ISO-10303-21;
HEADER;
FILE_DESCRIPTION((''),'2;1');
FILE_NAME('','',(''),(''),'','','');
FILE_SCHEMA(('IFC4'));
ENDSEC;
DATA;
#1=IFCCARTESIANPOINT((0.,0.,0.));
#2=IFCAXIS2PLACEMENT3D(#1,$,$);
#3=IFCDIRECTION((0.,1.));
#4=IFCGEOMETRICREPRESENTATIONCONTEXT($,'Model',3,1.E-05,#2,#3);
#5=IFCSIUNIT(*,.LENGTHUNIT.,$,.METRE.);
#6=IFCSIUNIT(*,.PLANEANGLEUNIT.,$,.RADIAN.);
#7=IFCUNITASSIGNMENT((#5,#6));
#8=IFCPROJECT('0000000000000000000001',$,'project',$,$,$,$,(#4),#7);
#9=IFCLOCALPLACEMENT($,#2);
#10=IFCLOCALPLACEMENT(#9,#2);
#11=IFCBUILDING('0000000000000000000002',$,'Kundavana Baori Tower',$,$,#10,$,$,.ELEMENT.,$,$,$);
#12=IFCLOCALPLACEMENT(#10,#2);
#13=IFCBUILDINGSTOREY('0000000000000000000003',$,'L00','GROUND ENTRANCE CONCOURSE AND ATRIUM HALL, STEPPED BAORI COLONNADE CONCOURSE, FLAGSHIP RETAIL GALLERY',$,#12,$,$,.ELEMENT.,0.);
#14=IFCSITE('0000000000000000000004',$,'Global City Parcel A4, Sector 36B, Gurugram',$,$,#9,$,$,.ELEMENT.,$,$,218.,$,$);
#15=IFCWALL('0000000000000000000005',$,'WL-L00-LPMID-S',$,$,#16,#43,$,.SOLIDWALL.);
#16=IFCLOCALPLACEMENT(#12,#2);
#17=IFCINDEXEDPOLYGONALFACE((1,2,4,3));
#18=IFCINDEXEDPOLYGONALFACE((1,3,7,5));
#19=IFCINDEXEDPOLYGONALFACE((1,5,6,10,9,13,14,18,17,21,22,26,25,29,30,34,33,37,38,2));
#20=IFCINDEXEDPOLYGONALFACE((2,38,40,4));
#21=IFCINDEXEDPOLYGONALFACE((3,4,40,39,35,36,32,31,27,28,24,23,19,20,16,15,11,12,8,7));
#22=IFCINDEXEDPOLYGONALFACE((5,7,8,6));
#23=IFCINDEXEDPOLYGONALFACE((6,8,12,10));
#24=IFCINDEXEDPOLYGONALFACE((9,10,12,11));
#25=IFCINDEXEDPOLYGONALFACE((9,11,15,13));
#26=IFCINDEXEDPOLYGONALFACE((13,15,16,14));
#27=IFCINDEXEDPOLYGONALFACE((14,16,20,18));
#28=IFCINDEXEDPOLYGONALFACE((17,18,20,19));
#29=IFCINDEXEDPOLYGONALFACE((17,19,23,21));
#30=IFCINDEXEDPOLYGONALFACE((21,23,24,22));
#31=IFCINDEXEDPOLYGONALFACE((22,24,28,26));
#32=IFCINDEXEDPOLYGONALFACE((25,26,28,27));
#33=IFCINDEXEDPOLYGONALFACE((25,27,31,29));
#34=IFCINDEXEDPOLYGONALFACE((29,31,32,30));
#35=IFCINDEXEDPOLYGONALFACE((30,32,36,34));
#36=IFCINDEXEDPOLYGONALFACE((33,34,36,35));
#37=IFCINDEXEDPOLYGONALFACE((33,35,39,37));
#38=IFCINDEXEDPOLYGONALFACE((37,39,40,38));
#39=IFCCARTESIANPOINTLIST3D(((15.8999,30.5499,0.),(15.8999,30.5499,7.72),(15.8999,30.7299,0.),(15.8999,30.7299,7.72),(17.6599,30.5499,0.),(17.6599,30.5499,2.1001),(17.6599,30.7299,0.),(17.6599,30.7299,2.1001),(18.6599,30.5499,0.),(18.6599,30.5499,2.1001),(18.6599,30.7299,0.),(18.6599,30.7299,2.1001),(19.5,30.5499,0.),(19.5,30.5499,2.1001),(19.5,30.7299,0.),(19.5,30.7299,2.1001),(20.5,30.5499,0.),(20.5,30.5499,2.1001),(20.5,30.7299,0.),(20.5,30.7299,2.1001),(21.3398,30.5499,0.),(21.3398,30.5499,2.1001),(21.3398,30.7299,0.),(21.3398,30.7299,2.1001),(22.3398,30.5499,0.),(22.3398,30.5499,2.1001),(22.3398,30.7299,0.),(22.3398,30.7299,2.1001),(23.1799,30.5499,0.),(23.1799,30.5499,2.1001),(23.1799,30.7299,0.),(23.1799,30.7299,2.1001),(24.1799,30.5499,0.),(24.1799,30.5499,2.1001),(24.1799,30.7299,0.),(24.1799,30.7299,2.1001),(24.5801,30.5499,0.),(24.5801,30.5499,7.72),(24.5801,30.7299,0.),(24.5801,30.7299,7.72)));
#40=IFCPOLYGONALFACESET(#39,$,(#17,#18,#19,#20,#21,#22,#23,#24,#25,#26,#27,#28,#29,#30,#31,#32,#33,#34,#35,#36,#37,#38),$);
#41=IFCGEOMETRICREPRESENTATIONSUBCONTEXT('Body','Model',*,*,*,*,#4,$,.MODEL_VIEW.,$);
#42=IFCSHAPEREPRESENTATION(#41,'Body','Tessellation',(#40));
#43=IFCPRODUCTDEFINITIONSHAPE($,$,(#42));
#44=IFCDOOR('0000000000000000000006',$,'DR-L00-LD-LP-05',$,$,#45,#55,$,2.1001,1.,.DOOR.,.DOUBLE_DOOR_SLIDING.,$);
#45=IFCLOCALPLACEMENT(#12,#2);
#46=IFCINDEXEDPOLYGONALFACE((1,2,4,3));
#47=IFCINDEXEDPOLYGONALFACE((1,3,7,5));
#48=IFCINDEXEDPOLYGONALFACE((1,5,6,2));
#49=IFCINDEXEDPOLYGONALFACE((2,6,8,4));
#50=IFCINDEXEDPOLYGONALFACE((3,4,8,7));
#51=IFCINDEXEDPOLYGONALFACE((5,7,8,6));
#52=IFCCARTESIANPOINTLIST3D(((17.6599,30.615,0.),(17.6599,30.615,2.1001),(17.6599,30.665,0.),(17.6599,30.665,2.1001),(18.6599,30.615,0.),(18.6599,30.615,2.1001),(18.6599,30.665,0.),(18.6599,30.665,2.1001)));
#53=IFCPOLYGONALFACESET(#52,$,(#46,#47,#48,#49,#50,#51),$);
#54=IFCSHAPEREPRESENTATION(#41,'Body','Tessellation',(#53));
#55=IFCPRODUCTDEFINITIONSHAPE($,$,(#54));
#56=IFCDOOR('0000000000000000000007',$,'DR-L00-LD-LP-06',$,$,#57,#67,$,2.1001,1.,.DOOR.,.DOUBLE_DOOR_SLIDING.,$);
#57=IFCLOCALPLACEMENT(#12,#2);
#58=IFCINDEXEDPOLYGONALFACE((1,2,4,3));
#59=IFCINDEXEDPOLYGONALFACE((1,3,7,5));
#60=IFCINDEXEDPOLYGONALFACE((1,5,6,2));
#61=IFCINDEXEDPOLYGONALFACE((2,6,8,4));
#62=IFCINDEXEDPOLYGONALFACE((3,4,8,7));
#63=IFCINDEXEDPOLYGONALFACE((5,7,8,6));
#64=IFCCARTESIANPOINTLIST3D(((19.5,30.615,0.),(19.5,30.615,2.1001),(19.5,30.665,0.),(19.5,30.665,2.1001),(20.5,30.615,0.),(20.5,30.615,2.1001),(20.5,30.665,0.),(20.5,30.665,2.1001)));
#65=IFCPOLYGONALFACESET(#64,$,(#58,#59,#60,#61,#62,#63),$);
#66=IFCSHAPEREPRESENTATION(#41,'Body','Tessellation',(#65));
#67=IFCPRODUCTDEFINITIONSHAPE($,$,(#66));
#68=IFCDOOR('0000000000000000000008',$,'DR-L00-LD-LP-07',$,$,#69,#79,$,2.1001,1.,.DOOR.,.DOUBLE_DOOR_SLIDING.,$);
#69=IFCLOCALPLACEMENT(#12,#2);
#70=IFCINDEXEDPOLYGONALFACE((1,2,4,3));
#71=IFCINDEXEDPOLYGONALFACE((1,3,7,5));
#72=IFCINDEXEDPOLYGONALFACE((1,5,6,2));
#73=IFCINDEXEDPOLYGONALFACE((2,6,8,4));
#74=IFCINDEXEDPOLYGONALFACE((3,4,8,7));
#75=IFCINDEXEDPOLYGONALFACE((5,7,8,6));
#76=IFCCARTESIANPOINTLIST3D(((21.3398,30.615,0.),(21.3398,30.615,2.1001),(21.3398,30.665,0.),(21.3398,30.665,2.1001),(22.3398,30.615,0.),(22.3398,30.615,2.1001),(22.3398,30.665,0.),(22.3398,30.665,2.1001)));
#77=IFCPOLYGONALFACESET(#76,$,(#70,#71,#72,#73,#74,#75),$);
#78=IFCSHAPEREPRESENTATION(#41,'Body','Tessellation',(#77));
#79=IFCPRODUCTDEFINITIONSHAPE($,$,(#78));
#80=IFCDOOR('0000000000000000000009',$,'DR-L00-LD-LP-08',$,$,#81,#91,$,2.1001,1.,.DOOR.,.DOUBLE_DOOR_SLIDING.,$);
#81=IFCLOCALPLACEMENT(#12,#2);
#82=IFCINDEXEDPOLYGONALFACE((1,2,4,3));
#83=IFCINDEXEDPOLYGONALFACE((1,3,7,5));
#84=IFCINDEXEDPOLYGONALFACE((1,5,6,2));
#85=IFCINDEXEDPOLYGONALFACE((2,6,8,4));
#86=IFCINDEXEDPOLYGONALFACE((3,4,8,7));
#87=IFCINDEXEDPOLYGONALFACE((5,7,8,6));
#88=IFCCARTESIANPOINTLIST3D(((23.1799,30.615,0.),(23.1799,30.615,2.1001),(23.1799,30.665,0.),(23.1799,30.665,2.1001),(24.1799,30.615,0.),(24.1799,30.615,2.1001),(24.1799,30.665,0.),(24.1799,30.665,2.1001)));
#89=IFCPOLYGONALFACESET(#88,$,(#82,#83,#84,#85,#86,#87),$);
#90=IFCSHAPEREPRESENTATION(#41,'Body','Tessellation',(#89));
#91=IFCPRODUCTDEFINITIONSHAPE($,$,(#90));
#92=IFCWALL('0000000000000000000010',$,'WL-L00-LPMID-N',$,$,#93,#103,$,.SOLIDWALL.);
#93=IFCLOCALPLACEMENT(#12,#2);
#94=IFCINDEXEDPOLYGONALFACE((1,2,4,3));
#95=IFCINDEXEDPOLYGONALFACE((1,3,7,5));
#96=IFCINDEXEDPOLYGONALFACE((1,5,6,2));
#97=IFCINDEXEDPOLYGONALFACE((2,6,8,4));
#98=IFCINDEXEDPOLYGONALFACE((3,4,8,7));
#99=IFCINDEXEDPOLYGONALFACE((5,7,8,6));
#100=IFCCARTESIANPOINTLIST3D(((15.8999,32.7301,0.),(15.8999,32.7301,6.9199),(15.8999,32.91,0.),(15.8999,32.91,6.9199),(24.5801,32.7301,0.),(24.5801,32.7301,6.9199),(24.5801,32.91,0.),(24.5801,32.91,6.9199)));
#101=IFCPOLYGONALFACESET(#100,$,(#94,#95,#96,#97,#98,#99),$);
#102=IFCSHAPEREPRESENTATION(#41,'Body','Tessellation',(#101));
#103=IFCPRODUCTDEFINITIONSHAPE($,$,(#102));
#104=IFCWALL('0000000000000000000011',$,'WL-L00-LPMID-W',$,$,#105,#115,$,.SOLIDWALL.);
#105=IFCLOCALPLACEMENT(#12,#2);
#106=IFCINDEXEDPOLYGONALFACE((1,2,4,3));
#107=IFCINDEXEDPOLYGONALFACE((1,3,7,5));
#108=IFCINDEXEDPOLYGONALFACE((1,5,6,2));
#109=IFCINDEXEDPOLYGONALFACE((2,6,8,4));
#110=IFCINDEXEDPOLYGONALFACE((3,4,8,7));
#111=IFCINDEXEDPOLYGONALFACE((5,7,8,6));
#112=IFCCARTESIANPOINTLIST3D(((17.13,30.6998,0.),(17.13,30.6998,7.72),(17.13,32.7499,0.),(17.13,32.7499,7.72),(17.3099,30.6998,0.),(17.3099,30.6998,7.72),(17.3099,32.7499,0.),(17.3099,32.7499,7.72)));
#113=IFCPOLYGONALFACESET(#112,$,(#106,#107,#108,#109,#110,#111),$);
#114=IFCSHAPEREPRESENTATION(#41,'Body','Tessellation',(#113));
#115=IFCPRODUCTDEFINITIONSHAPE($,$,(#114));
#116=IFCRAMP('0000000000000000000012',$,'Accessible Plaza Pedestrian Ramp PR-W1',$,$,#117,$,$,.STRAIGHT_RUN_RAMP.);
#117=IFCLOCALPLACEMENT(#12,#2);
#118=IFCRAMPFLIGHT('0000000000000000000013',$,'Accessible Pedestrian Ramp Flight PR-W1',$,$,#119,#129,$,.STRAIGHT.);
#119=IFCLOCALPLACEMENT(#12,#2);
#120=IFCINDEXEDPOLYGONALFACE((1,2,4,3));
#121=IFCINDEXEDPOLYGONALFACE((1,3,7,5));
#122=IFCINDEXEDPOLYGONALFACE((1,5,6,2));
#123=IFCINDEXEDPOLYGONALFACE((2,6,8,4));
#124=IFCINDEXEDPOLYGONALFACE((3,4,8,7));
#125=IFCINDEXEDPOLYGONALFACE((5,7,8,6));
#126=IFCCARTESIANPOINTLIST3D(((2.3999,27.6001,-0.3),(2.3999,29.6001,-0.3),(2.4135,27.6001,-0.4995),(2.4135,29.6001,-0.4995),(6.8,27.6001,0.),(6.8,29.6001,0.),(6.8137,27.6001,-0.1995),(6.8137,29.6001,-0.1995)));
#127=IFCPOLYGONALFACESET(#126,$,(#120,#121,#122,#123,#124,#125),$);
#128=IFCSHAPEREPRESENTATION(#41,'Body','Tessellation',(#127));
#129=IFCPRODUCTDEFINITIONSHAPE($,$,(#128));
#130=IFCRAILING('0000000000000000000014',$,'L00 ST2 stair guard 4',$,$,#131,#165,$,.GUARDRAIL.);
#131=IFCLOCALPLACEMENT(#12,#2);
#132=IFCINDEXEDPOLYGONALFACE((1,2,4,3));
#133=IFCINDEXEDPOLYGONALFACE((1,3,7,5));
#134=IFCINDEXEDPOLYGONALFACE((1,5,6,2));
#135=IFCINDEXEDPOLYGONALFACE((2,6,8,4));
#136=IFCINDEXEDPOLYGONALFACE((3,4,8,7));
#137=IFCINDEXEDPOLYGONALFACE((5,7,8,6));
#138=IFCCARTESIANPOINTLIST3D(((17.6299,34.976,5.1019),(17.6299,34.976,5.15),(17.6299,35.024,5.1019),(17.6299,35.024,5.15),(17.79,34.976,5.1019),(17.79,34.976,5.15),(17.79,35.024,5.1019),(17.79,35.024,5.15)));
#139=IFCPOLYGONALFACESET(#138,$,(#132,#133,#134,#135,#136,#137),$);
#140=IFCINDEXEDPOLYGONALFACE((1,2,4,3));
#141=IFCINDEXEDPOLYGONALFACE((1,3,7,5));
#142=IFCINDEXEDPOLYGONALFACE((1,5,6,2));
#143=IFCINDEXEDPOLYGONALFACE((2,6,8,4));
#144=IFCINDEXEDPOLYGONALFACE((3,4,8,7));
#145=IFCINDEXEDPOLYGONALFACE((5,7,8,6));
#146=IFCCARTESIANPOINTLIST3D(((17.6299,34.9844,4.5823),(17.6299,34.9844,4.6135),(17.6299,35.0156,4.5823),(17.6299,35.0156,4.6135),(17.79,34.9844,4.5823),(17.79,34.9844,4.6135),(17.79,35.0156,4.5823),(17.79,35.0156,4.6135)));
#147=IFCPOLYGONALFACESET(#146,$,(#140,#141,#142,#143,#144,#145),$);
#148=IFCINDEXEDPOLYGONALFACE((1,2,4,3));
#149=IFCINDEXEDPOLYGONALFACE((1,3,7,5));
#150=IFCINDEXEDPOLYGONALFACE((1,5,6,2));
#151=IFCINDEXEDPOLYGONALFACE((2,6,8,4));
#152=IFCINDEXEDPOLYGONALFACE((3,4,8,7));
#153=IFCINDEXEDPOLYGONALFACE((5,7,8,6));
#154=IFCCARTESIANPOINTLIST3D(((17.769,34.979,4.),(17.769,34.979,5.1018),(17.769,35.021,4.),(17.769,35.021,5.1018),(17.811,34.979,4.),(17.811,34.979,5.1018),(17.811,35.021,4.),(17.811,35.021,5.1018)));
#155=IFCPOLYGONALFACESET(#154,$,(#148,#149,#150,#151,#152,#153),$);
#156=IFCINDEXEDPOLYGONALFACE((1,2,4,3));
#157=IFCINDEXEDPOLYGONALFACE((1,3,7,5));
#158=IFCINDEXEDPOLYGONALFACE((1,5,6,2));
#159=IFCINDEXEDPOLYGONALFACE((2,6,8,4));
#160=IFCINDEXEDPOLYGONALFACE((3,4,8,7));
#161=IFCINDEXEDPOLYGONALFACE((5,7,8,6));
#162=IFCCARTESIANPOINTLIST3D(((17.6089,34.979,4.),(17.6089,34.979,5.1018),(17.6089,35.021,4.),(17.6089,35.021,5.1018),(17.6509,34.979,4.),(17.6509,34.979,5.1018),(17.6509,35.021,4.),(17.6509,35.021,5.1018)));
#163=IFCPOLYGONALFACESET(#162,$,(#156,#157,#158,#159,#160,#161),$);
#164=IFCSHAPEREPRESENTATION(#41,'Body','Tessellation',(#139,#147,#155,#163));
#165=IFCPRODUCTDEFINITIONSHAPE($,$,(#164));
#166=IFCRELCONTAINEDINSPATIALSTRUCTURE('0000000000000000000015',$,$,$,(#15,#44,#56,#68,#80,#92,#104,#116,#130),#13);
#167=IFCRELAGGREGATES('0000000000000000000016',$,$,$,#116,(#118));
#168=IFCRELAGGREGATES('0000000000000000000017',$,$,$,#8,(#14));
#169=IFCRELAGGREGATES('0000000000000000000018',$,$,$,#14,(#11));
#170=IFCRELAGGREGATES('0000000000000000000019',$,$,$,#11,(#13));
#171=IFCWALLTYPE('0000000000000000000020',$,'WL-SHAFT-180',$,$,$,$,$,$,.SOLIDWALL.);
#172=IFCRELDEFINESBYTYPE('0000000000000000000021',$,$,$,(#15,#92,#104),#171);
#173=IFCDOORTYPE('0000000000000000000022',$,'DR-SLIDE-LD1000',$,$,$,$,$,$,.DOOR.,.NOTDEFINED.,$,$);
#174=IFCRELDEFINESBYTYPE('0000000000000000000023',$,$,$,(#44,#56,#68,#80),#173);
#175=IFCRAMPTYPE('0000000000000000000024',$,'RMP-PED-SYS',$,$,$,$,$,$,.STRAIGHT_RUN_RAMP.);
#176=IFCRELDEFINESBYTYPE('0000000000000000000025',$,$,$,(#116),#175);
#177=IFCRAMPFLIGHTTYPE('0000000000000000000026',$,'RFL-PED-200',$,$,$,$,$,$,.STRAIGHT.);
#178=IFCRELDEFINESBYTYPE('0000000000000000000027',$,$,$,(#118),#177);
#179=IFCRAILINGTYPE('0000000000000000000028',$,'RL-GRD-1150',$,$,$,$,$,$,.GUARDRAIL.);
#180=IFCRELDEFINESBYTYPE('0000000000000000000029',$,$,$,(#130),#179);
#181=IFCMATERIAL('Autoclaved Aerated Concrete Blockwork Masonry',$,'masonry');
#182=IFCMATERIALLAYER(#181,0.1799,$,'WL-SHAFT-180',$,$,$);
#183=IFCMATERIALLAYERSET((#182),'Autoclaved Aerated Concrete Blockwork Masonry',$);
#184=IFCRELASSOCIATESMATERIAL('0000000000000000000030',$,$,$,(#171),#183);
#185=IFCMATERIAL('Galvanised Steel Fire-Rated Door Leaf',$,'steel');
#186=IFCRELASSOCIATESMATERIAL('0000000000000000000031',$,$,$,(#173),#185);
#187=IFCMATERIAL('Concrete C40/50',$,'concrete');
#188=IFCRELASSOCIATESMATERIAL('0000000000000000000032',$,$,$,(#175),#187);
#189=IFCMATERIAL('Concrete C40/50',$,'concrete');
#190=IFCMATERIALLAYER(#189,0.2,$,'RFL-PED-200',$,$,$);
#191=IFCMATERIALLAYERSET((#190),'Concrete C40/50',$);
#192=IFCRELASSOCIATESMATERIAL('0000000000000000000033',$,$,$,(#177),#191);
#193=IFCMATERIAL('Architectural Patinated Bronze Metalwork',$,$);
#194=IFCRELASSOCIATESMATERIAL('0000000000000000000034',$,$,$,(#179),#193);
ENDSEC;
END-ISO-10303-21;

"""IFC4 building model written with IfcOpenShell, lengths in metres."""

from ifc_helpers import new_model, si_unit, direction, frame, frame_2d, origin, origin_2d, place, context, subcontext, project, spatial, polyline, rectangle, outline, extrude, material, layer, layer_set, type_object, element, fill, aggregate, save


model = new_model("IFC4")

# Units and contexts
model_context = context("Model", 3, precision=1e-05, world=origin(), true_north=direction((0.0, 1.0)))
body_context = subcontext(model_context, "Body", "Model", "MODEL_VIEW")
ifc_project = project(units=[si_unit("LENGTHUNIT", "METRE"), si_unit("PLANEANGLEUNIT", "RADIAN")], contexts=[model_context])

# Site, building, storey
site_placement = place(None, origin())
site = spatial("IfcSite", under=ifc_project, at=site_placement, Name="Global City Parcel A4, Sector 36B, Gurugram", CompositionType="ELEMENT", RefElevation=218.0)
building_placement = place(site_placement, origin())
building = spatial("IfcBuilding", under=site, at=building_placement, Name="Kundavana Baori Tower", CompositionType="ELEMENT")
storey_placement = place(building_placement, origin())
storey = spatial("IfcBuildingStorey", under=building, at=storey_placement, Name="L00", Description="GROUND ENTRANCE CONCOURSE AND ATRIUM HALL, STEPPED BAORI COLONNADE CONCOURSE, FLAGSHIP RETAIL GALLERY", CompositionType="ELEMENT", Elevation=0.0)

# Shared definitions
ifc_material_1 = material(Name="Autoclaved Aerated Concrete Blockwork Masonry", Category="masonry")
ifc_layer_1 = layer(ifc_material_1, 0.1799, Name="WL-SHAFT-180")
ifc_layer_set_1 = layer_set([ifc_layer_1], Name="Autoclaved Aerated Concrete Blockwork Masonry")
wall_type_1 = type_object("IfcWallType", Name="WL-SHAFT-180", PredefinedType="SOLIDWALL", material=ifc_layer_set_1)
ifc_material_2 = material(Name="Galvanised Steel Fire-Rated Door Leaf", Category="steel")
door_type_1 = type_object("IfcDoorType", Name="DR-SLIDE-LD1000", OperationType="NOTDEFINED", PredefinedType="DOOR", material=ifc_material_2)

# Wall, openings, doors
wall_1_placement = place(storey_placement, frame((15.8999, 30.6399, 0.0), z_axis=(0.0, 0.0, 1.0), x_axis=(1.0, 0.0, 0.0)))
wall_1 = element("IfcWall", 1, at=wall_1_placement, inside=storey, type_object=wall_type_1, Name="WL-L00-LPMID-S", PredefinedType="SOLIDWALL", context=body_context, shape_type="SweptSolid", body=[
    extrude(rectangle(XDim=8.6802, YDim=0.1799, at=frame_2d((4.3401, 0.0))), origin(), (0.0, 0.0, 1.0), 7.72),
])
opening_1_placement = place(wall_1_placement, frame((1.76, 0.0, 0.0)))
opening_1 = element("IfcOpeningElement", 2, at=opening_1_placement, cuts=wall_1, PredefinedType="OPENING", context=body_context, shape_type="SweptSolid", body=[
    extrude(rectangle(XDim=1.0, YDim=2.1001, at=frame_2d((0.5, 1.05))), frame((0.0, 0.1001, 0.0), z_axis=(0.0, -1.0, 0.0), x_axis=(1.0, 0.0, 0.0)), (0.0, 0.0, 1.0), 0.2),
])
opening_2_placement = place(wall_1_placement, frame((3.6001, 0.0, 0.0)))
opening_2 = element("IfcOpeningElement", 3, at=opening_2_placement, cuts=wall_1, PredefinedType="OPENING", context=body_context, shape_type="SweptSolid", body=[
    extrude(rectangle(XDim=1.0, YDim=2.1001, at=frame_2d((0.5, 1.05))), frame((0.0, 0.1001, 0.0), z_axis=(0.0, -1.0, 0.0), x_axis=(1.0, 0.0, 0.0)), (0.0, 0.0, 1.0), 0.2),
])
opening_3_placement = place(wall_1_placement, frame((5.4399, 0.0, 0.0)))
opening_3 = element("IfcOpeningElement", 4, at=opening_3_placement, cuts=wall_1, PredefinedType="OPENING", context=body_context, shape_type="SweptSolid", body=[
    extrude(rectangle(XDim=1.0, YDim=2.1001, at=frame_2d((0.5, 1.05))), frame((0.0, 0.1001, 0.0), z_axis=(0.0, -1.0, 0.0), x_axis=(1.0, 0.0, 0.0)), (0.0, 0.0, 1.0), 0.2),
])
opening_4_placement = place(wall_1_placement, frame((7.28, 0.0, 0.0)))
opening_4 = element("IfcOpeningElement", 5, at=opening_4_placement, cuts=wall_1, PredefinedType="OPENING", context=body_context, shape_type="SweptSolid", body=[
    extrude(rectangle(XDim=1.0, YDim=2.1001, at=frame_2d((0.5, 1.05))), frame((0.0, 0.1001, 0.0), z_axis=(0.0, -1.0, 0.0), x_axis=(1.0, 0.0, 0.0)), (0.0, 0.0, 1.0), 0.2),
])
door_1_placement = place(opening_1_placement, frame((1.0, 0.0, 0.0), z_axis=(0.0, 0.0, 1.0), x_axis=(-1.0, 0.0, 0.0)))
door_1 = element("IfcDoor", 6, at=door_1_placement, inside=storey, type_object=door_type_1, Name="DR-L00-LD-LP-05", OperationType="DOUBLE_DOOR_SLIDING", OverallHeight=2.1001, OverallWidth=1.0, PredefinedType="DOOR", context=body_context, shape_type="SweptSolid", body=[
    extrude(rectangle(XDim=1.0, YDim=2.1001, at=frame_2d((0.5, 1.05))), frame((0.0, 0.0249, 0.0), z_axis=(0.0, -1.0, 0.0), x_axis=(1.0, 0.0, 0.0)), (0.0, 0.0, 1.0), 0.05),
])
fill(opening_1, door_1)
door_2_placement = place(opening_2_placement, frame((1.0, 0.0, 0.0), z_axis=(0.0, 0.0, 1.0), x_axis=(-1.0, 0.0, 0.0)))
door_2 = element("IfcDoor", 7, at=door_2_placement, inside=storey, type_object=door_type_1, Name="DR-L00-LD-LP-06", OperationType="DOUBLE_DOOR_SLIDING", OverallHeight=2.1001, OverallWidth=1.0, PredefinedType="DOOR", context=body_context, shape_type="SweptSolid", body=[
    extrude(rectangle(XDim=1.0, YDim=2.1001, at=frame_2d((0.5, 1.05))), frame((0.0, 0.0249, 0.0), z_axis=(0.0, -1.0, 0.0), x_axis=(1.0, 0.0, 0.0)), (0.0, 0.0, 1.0), 0.05),
])
fill(opening_2, door_2)
door_3_placement = place(opening_3_placement, frame((1.0, 0.0, 0.0), z_axis=(0.0, 0.0, 1.0), x_axis=(-1.0, 0.0, 0.0)))
door_3 = element("IfcDoor", 8, at=door_3_placement, inside=storey, type_object=door_type_1, Name="DR-L00-LD-LP-07", OperationType="DOUBLE_DOOR_SLIDING", OverallHeight=2.1001, OverallWidth=1.0, PredefinedType="DOOR", context=body_context, shape_type="SweptSolid", body=[
    extrude(rectangle(XDim=1.0, YDim=2.1001, at=frame_2d((0.5, 1.05))), frame((0.0, 0.0249, 0.0), z_axis=(0.0, -1.0, 0.0), x_axis=(1.0, 0.0, 0.0)), (0.0, 0.0, 1.0), 0.05),
])
fill(opening_3, door_3)
door_4_placement = place(opening_4_placement, frame((1.0, 0.0, 0.0), z_axis=(0.0, 0.0, 1.0), x_axis=(-1.0, 0.0, 0.0)))
door_4 = element("IfcDoor", 9, at=door_4_placement, inside=storey, type_object=door_type_1, Name="DR-L00-LD-LP-08", OperationType="DOUBLE_DOOR_SLIDING", OverallHeight=2.1001, OverallWidth=1.0, PredefinedType="DOOR", context=body_context, shape_type="SweptSolid", body=[
    extrude(rectangle(XDim=1.0, YDim=2.1001, at=frame_2d((0.5, 1.05))), frame((0.0, 0.0249, 0.0), z_axis=(0.0, -1.0, 0.0), x_axis=(1.0, 0.0, 0.0)), (0.0, 0.0, 1.0), 0.05),
])
fill(opening_4, door_4)

# Walls
wall_2_placement = place(storey_placement, frame((15.8999, 32.8201, 0.0), z_axis=(0.0, 0.0, 1.0), x_axis=(1.0, 0.0, 0.0)))
element("IfcWall", 10, at=wall_2_placement, inside=storey, type_object=wall_type_1, Name="WL-L00-LPMID-N", PredefinedType="SOLIDWALL", context=body_context, shape_type="SweptSolid", body=[
    extrude(rectangle(XDim=8.6802, YDim=0.1799, at=frame_2d((4.3401, 0.0))), origin(), (0.0, 0.0, 1.0), 6.9199),
])
wall_3_placement = place(storey_placement, frame((17.22, 30.7, 0.0), z_axis=(0.0, 0.0, 1.0), x_axis=(0.0, 1.0, 0.0)))
element("IfcWall", 11, at=wall_3_placement, inside=storey, type_object=wall_type_1, Name="WL-L00-LPMID-W", PredefinedType="SOLIDWALL", context=body_context, shape_type="SweptSolid", body=[
    extrude(rectangle(XDim=2.05, YDim=0.1799, at=frame_2d((1.0249, 0.0))), origin(), (0.0, 0.0, 1.0), 7.72),
])

# Ramp, ramp flight
ifc_material_3 = material(Name="Concrete C40/50", Category="concrete")
ramp_type = type_object("IfcRampType", Name="RMP-PED-SYS", PredefinedType="STRAIGHT_RUN_RAMP", material=ifc_material_3)
ramp_placement = place(storey_placement, origin())
ramp = element("IfcRamp", 12, at=ramp_placement, inside=storey, type_object=ramp_type, Name="Accessible Plaza Pedestrian Ramp PR-W1", PredefinedType="STRAIGHT_RUN_RAMP")
ifc_material_4 = material(Name="Concrete C40/50", Category="concrete")
ifc_layer_2 = layer(ifc_material_4, 0.2, Name="RFL-PED-200")
ifc_layer_set_2 = layer_set([ifc_layer_2], Name="Concrete C40/50")
ramp_flight_type = type_object("IfcRampFlightType", Name="RFL-PED-200", PredefinedType="STRAIGHT", material=ifc_layer_set_2)
ramp_flight_placement = place(storey_placement, frame((2.3999, 27.6001, -0.3), z_axis=(-0.068033, 0.0, 0.997683), x_axis=(0.0, 1.0, 0.0)))
ramp_flight = element("IfcRampFlight", 13, at=ramp_flight_placement, type_object=ramp_flight_type, Name="Accessible Pedestrian Ramp Flight PR-W1", PredefinedType="STRAIGHT", context=body_context, shape_type="SweptSolid", body=[
    extrude(outline(polyline([(0.0, 0.0), (2.0, 0.0), (2.0, -4.4104), (0.0, -4.4104), (0.0, 0.0)])), origin(), (0.0, 0.0, -1.0), 0.2),
])
aggregate(ramp, [ramp_flight])

# Railing
ifc_material_5 = material(Name="Architectural Patinated Bronze Metalwork")
railing_type = type_object("IfcRailingType", Name="RL-GRD-1150", PredefinedType="GUARDRAIL", material=ifc_material_5)
for number, where, name in (
    (14, (17.79, 35.0, 4.0), "L00 ST2 stair guard 4"),
):
    element("IfcRailing", number, at=place(storey_placement, frame(where)), inside=storey, type_object=railing_type, Name=name, PredefinedType="GUARDRAIL", context=body_context, shape_type="SweptSolid", body=[
        extrude(rectangle(XDim=0.0481, YDim=0.0481, at=origin_2d()), frame((0.0, 0.0, 1.126), z_axis=(-1.0, 0.0, 0.0), x_axis=(0.0, -1.0, 0.0)), (0.0, 0.0, 1.0), 0.1602),
        extrude(rectangle(XDim=0.0312, YDim=0.0312, at=origin_2d()), frame((0.0, 0.0, 0.5979), z_axis=(-1.0, 0.0, 0.0), x_axis=(0.0, -1.0, 0.0)), (0.0, 0.0, 1.0), 0.1602),
        extrude(rectangle(XDim=0.042, YDim=0.042, at=origin_2d()), origin(), (0.0, 0.0, 1.0), 1.1018),
        extrude(rectangle(XDim=0.042, YDim=0.042, at=origin_2d()), frame((-0.1602, 0.0, 0.0)), (0.0, 0.0, 1.0), 1.1018),
    ])

save(model, "model.ifc")
